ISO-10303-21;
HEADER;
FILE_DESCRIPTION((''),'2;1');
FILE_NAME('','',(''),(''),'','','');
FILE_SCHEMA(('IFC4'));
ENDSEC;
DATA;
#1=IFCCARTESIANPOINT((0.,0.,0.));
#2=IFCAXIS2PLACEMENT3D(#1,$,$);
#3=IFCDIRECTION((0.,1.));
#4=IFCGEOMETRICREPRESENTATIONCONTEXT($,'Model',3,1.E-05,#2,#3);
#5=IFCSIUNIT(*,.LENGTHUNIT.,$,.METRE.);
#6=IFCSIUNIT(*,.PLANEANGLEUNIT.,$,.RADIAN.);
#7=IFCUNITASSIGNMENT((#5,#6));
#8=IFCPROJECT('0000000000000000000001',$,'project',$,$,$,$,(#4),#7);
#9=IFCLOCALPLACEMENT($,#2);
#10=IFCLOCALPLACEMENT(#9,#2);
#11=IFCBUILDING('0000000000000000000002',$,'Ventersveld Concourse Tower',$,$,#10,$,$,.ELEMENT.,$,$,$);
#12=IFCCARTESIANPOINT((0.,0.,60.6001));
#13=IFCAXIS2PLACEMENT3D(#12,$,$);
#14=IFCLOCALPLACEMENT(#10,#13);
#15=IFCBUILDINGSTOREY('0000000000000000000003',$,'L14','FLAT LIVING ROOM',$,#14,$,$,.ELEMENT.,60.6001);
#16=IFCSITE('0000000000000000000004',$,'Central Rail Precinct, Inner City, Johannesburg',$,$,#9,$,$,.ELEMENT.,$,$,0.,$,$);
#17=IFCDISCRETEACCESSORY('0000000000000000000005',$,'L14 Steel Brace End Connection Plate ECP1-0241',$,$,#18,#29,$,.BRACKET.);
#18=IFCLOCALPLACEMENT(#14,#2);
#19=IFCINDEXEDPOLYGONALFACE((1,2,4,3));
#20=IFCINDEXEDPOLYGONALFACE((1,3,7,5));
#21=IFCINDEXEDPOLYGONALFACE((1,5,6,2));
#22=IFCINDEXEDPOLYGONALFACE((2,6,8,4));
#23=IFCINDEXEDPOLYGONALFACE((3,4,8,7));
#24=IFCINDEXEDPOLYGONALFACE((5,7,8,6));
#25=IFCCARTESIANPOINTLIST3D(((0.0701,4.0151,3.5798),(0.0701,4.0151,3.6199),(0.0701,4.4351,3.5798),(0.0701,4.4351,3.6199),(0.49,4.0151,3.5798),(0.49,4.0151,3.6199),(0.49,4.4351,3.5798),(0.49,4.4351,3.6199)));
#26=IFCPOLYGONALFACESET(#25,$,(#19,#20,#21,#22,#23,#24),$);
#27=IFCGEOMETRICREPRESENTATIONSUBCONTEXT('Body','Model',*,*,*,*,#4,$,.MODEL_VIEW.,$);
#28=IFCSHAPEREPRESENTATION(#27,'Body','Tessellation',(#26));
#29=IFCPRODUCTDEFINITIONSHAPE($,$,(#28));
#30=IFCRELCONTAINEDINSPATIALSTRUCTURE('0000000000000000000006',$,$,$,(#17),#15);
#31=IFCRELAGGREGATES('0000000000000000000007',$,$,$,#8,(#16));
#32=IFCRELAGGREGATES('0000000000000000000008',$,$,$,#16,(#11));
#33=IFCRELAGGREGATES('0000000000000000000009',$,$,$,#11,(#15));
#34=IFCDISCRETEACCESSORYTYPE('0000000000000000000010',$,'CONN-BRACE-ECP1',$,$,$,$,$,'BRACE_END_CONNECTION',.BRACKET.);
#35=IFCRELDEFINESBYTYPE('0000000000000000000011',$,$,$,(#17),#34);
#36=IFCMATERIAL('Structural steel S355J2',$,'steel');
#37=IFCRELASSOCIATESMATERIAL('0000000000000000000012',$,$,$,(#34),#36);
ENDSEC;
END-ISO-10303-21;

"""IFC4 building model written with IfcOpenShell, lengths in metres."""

from ifc_helpers import new_model, si_unit, direction, frame, origin, origin_2d, place, context, subcontext, project, spatial, rectangle, extrude, material, type_object, element, save


model = new_model("IFC4")

# Units and contexts
model_context = context("Model", 3, precision=1e-05, world=origin(), true_north=direction((0.0, 1.0)))
body_context = subcontext(model_context, "Body", "Model", "MODEL_VIEW")
ifc_project = project(units=[si_unit("LENGTHUNIT", "METRE"), si_unit("PLANEANGLEUNIT", "RADIAN")], contexts=[model_context])

# Site, building, storey
site_placement = place(None, origin())
site = spatial("IfcSite", under=ifc_project, at=site_placement, Name="Central Rail Precinct, Inner City, Johannesburg", CompositionType="ELEMENT", RefElevation=0.0)
building_placement = place(site_placement, origin())
building = spatial("IfcBuilding", under=site, at=building_placement, Name="Ventersveld Concourse Tower", CompositionType="ELEMENT")
storey_placement = place(building_placement, frame((0.0, 0.0, 60.6001)))
storey = spatial("IfcBuildingStorey", under=building, at=storey_placement, Name="L14", Description="FLAT LIVING ROOM", CompositionType="ELEMENT", Elevation=60.6001)

# Shared definitions
ifc_material_1 = material(Name="Structural steel S355J2", Category="steel")

# Discrete accessory
discrete_accessory_type = type_object("IfcDiscreteAccessoryType", Name="CONN-BRACE-ECP1", ElementType="BRACE_END_CONNECTION", PredefinedType="BRACKET", material=ifc_material_1)
discrete_accessory_placement = place(storey_placement, frame((0.28, 4.2251, 3.5798), z_axis=(0.0, 0.0, 1.0), x_axis=(1.0, 0.0, 0.0)))
element("IfcDiscreteAccessory", 1, at=discrete_accessory_placement, inside=storey, type_object=discrete_accessory_type, Name="L14 Steel Brace End Connection Plate ECP1-0241", PredefinedType="BRACKET", context=body_context, shape_type="SweptSolid", body=[
    extrude(rectangle(XDim=0.4199, YDim=0.4199, at=origin_2d()), origin(), (0.0, 0.0, 1.0), 0.04),
])

save(model, "model.ifc")
